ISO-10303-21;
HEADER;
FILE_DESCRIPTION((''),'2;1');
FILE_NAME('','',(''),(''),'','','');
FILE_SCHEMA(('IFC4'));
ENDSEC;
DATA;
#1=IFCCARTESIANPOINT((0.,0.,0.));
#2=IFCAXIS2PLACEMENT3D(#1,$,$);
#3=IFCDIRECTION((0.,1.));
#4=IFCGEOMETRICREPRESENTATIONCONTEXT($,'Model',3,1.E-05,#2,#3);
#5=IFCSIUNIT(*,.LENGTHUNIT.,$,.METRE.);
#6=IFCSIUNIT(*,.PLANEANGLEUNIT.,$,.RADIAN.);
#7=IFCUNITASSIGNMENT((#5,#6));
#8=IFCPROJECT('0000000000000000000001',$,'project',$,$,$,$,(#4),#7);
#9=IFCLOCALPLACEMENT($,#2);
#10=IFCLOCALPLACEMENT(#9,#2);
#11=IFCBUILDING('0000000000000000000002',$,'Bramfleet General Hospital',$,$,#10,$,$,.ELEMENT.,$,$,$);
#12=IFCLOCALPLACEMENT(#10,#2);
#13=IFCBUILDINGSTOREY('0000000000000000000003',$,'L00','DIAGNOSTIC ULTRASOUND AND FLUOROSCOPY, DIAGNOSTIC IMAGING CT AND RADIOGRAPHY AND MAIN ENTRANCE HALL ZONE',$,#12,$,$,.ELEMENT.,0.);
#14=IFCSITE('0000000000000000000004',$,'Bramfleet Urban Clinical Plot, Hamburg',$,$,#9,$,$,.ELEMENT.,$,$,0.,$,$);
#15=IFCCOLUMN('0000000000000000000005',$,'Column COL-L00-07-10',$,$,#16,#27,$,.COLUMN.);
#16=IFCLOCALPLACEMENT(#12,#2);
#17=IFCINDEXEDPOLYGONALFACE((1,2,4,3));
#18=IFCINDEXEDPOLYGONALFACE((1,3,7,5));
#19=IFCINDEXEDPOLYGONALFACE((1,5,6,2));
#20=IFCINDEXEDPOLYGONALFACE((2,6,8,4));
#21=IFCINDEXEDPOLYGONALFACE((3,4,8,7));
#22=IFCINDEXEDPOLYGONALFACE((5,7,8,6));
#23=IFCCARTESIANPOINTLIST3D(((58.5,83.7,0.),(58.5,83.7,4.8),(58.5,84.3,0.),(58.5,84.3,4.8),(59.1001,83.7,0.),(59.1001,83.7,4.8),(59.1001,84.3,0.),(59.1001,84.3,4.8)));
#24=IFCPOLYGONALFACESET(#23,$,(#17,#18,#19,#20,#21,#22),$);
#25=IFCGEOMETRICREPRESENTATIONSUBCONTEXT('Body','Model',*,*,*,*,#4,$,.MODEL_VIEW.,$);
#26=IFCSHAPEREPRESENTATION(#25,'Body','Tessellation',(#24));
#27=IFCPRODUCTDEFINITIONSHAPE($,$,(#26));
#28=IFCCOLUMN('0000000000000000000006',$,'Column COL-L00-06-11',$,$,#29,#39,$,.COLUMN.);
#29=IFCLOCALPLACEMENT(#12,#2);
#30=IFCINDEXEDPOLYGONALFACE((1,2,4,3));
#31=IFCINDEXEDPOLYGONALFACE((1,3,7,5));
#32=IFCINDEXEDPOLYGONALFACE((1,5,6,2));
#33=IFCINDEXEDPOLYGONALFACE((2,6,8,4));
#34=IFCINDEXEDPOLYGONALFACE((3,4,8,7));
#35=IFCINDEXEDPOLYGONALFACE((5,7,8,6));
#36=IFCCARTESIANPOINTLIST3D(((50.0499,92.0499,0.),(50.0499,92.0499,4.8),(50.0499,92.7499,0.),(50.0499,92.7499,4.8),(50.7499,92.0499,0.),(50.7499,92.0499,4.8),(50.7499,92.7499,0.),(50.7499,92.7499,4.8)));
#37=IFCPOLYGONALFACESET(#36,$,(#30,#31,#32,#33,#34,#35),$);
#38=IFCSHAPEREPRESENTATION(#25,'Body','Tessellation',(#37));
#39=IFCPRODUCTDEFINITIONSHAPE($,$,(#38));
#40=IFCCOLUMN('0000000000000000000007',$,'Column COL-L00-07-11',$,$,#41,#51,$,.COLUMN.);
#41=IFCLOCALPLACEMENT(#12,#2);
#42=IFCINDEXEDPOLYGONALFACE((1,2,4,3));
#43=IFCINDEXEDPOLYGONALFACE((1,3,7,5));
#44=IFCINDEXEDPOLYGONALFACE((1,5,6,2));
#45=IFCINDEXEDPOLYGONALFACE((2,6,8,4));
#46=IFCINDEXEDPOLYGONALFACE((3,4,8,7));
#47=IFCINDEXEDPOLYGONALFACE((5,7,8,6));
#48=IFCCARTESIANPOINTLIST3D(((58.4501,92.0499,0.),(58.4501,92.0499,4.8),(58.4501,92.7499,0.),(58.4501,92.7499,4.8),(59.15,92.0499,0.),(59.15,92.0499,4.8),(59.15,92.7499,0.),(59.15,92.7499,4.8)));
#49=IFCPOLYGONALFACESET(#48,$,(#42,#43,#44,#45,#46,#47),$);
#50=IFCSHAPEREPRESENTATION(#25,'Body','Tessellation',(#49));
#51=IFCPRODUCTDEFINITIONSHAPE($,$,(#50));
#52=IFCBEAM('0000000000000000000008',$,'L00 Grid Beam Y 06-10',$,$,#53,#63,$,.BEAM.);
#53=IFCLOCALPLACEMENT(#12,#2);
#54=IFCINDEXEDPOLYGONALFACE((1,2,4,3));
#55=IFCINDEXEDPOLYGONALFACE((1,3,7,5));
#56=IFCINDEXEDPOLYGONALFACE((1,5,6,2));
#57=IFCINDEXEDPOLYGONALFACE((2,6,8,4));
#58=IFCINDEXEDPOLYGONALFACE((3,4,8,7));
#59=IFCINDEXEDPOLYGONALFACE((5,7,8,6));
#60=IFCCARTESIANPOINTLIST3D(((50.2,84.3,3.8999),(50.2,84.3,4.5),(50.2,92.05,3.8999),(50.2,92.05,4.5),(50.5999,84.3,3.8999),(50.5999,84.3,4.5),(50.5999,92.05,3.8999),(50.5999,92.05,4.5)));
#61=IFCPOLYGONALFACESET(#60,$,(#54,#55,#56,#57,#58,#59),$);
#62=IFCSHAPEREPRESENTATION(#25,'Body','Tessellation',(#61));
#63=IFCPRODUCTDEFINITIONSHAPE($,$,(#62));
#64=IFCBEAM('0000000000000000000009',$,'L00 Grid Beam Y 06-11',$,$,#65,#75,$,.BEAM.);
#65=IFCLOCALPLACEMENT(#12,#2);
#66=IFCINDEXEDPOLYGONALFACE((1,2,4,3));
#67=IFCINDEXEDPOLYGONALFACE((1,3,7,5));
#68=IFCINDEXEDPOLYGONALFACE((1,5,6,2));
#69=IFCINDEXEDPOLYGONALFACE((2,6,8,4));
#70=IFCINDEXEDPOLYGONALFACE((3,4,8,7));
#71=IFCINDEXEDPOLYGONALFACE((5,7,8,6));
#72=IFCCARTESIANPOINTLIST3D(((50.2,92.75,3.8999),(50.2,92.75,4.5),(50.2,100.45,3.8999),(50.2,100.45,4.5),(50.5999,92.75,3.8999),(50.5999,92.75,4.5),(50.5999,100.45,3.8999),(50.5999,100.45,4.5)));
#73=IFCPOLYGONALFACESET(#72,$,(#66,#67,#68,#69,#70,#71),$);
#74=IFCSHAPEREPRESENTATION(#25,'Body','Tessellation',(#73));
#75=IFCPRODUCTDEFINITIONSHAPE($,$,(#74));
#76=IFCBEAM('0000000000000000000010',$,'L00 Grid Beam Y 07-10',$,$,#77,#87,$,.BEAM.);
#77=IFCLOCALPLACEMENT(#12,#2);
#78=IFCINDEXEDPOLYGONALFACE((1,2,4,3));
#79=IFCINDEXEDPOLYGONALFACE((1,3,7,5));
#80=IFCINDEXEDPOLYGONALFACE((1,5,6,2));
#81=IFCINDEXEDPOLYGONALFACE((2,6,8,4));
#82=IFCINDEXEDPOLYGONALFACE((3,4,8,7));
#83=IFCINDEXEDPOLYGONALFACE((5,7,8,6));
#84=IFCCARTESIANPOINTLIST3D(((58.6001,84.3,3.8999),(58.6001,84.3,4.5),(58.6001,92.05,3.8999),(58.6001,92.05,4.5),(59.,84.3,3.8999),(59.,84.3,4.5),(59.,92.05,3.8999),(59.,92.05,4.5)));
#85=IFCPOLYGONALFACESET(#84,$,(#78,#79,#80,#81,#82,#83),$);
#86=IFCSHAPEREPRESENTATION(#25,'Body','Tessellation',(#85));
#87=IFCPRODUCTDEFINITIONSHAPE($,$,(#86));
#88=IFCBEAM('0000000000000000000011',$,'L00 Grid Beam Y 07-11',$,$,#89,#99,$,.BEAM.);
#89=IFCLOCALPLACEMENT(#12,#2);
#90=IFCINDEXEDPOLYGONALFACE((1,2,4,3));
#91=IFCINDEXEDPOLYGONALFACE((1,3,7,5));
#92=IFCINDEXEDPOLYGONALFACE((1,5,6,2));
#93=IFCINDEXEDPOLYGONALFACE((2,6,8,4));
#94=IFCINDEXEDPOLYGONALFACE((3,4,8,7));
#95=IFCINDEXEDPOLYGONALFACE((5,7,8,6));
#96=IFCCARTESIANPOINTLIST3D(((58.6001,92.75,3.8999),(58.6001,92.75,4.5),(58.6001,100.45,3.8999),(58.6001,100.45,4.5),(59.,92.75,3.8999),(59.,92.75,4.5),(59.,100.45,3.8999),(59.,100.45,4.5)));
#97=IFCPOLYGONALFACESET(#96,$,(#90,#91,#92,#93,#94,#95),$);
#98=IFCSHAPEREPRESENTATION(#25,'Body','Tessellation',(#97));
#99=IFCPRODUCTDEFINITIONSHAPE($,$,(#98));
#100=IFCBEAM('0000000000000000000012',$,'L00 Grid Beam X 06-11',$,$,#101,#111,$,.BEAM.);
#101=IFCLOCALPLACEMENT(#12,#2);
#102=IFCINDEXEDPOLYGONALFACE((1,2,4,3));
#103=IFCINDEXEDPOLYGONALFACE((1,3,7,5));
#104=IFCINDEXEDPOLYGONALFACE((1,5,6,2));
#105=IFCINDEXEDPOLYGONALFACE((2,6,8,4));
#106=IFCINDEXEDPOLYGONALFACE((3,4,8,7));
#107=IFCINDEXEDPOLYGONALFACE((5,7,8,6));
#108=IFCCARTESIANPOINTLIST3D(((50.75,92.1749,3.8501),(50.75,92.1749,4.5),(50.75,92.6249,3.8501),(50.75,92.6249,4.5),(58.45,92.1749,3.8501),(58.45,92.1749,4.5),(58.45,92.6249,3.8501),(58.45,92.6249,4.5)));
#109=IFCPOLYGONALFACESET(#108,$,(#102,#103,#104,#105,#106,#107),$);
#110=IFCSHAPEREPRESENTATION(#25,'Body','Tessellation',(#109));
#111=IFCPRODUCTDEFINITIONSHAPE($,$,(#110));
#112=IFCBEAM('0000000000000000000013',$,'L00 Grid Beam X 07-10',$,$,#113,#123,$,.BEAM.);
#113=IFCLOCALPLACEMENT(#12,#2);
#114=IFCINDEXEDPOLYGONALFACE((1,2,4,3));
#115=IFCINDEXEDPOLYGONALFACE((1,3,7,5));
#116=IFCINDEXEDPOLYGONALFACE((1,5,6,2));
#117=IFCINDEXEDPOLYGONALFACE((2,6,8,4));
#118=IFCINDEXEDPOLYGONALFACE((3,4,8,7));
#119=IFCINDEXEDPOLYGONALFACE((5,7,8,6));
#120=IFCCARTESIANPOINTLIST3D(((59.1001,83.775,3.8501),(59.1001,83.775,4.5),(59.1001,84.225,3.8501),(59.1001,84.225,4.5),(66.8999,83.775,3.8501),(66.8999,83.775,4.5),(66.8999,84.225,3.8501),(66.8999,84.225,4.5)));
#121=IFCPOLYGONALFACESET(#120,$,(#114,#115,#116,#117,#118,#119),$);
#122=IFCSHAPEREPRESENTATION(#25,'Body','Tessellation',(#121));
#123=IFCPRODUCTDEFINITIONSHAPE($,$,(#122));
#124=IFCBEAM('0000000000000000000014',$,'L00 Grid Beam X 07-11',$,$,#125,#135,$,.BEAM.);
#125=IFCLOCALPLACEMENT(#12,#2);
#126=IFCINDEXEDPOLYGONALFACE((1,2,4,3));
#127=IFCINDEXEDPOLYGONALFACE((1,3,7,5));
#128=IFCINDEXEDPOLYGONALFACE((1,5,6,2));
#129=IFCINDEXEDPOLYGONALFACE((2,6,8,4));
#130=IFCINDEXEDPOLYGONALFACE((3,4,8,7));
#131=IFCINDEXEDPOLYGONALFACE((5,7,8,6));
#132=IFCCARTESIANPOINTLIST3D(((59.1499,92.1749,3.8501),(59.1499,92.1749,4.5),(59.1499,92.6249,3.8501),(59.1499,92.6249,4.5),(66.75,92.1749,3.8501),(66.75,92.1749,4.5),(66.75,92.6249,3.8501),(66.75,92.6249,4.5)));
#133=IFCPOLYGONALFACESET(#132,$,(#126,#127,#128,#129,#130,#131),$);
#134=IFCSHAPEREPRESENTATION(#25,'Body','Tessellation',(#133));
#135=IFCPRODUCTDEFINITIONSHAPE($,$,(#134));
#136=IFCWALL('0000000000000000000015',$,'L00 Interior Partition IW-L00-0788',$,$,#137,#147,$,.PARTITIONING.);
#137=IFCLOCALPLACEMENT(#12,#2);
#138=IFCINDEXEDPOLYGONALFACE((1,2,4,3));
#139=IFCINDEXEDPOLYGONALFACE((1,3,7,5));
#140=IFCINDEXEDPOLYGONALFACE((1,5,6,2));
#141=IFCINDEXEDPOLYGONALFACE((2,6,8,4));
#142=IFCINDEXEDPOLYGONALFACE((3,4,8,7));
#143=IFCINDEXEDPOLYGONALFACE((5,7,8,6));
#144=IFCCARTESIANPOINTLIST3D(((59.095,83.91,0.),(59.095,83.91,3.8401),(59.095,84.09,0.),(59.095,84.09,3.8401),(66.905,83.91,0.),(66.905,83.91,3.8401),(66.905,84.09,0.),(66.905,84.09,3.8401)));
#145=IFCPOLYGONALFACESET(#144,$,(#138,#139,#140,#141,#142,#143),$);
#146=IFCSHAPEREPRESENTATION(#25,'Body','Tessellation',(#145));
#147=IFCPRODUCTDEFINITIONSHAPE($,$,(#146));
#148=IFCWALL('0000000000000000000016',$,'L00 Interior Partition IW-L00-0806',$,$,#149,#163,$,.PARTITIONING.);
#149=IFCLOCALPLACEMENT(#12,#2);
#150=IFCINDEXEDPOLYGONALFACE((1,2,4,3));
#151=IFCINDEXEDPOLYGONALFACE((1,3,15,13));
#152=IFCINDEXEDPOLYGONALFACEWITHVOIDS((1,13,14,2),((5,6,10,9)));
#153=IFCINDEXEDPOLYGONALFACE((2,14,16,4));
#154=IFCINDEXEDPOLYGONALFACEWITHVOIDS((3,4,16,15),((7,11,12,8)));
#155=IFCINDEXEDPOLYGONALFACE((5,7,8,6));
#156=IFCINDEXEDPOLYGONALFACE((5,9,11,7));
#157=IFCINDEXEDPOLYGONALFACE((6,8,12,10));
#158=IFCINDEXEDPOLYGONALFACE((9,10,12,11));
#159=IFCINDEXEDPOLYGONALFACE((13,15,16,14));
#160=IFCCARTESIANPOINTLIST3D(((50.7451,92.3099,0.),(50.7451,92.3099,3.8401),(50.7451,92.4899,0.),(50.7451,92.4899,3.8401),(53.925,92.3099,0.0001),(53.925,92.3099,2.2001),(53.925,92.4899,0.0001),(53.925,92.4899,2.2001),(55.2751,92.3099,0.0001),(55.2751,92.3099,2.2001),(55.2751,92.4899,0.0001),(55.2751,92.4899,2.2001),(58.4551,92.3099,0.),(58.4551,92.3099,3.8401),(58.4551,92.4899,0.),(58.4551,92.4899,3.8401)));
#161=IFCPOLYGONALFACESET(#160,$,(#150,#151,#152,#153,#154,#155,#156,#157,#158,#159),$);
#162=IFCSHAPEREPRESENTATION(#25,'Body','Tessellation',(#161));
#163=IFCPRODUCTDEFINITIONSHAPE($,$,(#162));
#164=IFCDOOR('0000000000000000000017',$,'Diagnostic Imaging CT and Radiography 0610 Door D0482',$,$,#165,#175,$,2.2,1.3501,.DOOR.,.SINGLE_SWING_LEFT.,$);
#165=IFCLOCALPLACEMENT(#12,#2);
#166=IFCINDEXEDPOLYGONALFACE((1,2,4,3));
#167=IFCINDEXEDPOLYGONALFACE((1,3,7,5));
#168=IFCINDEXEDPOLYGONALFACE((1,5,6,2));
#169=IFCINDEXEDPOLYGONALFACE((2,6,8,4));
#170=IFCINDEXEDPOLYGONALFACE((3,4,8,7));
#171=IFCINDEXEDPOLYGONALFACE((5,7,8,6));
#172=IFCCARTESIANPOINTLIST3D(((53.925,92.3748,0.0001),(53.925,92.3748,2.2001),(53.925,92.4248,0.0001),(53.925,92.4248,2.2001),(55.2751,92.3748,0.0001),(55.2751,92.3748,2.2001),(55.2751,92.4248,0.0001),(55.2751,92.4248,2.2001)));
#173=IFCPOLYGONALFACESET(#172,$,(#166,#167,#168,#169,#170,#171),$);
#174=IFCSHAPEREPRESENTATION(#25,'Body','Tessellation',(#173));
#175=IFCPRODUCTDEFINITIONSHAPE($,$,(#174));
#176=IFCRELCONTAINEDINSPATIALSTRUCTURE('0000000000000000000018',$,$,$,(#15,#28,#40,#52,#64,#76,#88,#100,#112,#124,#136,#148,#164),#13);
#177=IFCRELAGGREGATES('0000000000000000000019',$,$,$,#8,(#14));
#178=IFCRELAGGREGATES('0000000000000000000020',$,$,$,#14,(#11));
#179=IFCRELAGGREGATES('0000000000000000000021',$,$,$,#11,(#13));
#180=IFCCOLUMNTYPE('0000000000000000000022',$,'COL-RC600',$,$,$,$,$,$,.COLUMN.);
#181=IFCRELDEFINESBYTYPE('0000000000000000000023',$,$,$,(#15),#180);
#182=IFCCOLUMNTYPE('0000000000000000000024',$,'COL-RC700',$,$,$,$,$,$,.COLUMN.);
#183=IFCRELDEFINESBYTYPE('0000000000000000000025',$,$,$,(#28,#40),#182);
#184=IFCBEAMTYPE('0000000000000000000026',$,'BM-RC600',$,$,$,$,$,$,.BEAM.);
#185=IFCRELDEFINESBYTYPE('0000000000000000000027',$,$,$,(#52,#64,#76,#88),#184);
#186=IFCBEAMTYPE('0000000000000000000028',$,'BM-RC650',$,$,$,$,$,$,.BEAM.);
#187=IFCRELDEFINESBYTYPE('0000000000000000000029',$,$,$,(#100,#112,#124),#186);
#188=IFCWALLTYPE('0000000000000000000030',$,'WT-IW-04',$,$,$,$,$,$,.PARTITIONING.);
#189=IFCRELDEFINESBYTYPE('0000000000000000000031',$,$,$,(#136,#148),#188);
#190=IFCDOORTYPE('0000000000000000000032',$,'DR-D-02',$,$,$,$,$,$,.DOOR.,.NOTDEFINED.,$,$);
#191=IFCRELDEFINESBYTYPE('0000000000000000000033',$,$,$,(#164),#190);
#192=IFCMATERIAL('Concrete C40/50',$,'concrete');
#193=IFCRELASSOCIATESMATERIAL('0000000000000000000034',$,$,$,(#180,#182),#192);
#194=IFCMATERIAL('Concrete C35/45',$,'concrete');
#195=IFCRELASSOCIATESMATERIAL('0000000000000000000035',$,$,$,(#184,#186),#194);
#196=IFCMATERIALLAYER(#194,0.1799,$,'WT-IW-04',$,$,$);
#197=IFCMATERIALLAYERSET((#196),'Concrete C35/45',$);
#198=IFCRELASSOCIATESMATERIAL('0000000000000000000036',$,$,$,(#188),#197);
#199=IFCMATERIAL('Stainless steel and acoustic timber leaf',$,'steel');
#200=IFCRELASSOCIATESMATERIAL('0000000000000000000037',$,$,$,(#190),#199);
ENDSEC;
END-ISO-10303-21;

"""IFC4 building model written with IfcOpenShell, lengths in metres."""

from ifc_helpers import new_model, si_unit, direction, frame, frame_2d, origin, origin_2d, place, context, subcontext, project, spatial, rectangle, extrude, material, layer, layer_set, material_profile, profile_set, type_object, element, fill, save


model = new_model("IFC4")

# Units and contexts
model_context = context("Model", 3, precision=1e-05, world=origin(), true_north=direction((0.0, 1.0)))
body_context = subcontext(model_context, "Body", "Model", "MODEL_VIEW")
ifc_project = project(units=[si_unit("LENGTHUNIT", "METRE"), si_unit("PLANEANGLEUNIT", "RADIAN")], contexts=[model_context])

# Site, building, storey
site_placement = place(None, origin())
site = spatial("IfcSite", under=ifc_project, at=site_placement, Name="Bramfleet Urban Clinical Plot, Hamburg", CompositionType="ELEMENT", RefElevation=0.0)
building_placement = place(site_placement, origin())
building = spatial("IfcBuilding", under=site, at=building_placement, Name="Bramfleet General Hospital", CompositionType="ELEMENT")
storey_placement = place(building_placement, origin())
storey = spatial("IfcBuildingStorey", under=building, at=storey_placement, Name="L00", Description="DIAGNOSTIC ULTRASOUND AND FLUOROSCOPY, DIAGNOSTIC IMAGING CT AND RADIOGRAPHY AND MAIN ENTRANCE HALL ZONE", CompositionType="ELEMENT", Elevation=0.0)

# Columns
ifc_material_1 = material(Name="Concrete C40/50", Category="concrete")
ifc_material_profile_1 = material_profile(ifc_material_1, rectangle(XDim=0.6001, YDim=0.6001, at=origin_2d()), Name="RC COL 600x600")
ifc_profile_set_1 = profile_set([ifc_material_profile_1], Name="Concrete C40/50")
column_type_1 = type_object("IfcColumnType", Name="COL-RC600", PredefinedType="COLUMN", material=ifc_profile_set_1)
column_placement = place(storey_placement, frame((58.8, 84.0, 0.0), z_axis=(0.0, 0.0, 1.0), x_axis=(1.0, 0.0, 0.0)))
element("IfcColumn", 1, at=column_placement, inside=storey, type_object=column_type_1, Name="Column COL-L00-07-10", PredefinedType="COLUMN", context=body_context, shape_type="SweptSolid", body=[
    extrude(rectangle(XDim=0.6001, YDim=0.6001, at=origin_2d()), origin(), (0.0, 0.0, 1.0), 4.8),
])
ifc_material_profile_2 = material_profile(ifc_material_1, rectangle(XDim=0.7, YDim=0.7, at=origin_2d()), Name="RC COL 700x700")
ifc_profile_set_2 = profile_set([ifc_material_profile_2], Name="Concrete C40/50")
column_type_2 = type_object("IfcColumnType", Name="COL-RC700", PredefinedType="COLUMN", material=ifc_profile_set_2)
for number, where, z_axis, x_axis, name in (
    (2, (50.3999, 92.3999, 0.0), (0.0, 0.0, 1.0), (1.0, 0.0, 0.0), "Column COL-L00-06-11"),
    (3, (58.8, 92.3999, 0.0), (0.0, 0.0, 1.0), (1.0, 0.0, 0.0), "Column COL-L00-07-11"),
):
    element("IfcColumn", number, at=place(storey_placement, frame(where, z_axis=z_axis, x_axis=x_axis)), inside=storey, type_object=column_type_2, Name=name, PredefinedType="COLUMN", context=body_context, shape_type="SweptSolid", body=[
        extrude(rectangle(XDim=0.7, YDim=0.7, at=origin_2d()), origin(), (0.0, 0.0, 1.0), 4.8),
    ])

# Beams
ifc_material_2 = material(Name="Concrete C35/45", Category="concrete")
ifc_material_profile_3 = material_profile(ifc_material_2, rectangle(XDim=0.3999, YDim=0.6001, at=origin_2d()), Name="RC BM 600x400")
ifc_profile_set_3 = profile_set([ifc_material_profile_3], Name="Concrete C35/45")
beam_type_1 = type_object("IfcBeamType", Name="BM-RC600", PredefinedType="BEAM", material=ifc_profile_set_3)
beam_1_placement = place(storey_placement, frame((50.3999, 84.3, 4.2), z_axis=(0.0, 1.0, 0.0), x_axis=(-1.0, 0.0, 0.0)))
element("IfcBeam", 4, at=beam_1_placement, inside=storey, type_object=beam_type_1, Name="L00 Grid Beam Y 06-10", PredefinedType="BEAM", context=body_context, shape_type="SweptSolid", body=[
    extrude(rectangle(XDim=0.3999, YDim=0.6001, at=origin_2d()), origin(), (0.0, 0.0, 1.0), 7.75),
])
beam_2_placement = place(storey_placement, frame((50.3999, 92.75, 4.2), z_axis=(0.0, 1.0, 0.0), x_axis=(-1.0, 0.0, 0.0)))
element("IfcBeam", 5, at=beam_2_placement, inside=storey, type_object=beam_type_1, Name="L00 Grid Beam Y 06-11", PredefinedType="BEAM", context=body_context, shape_type="SweptSolid", body=[
    extrude(rectangle(XDim=0.3999, YDim=0.6001, at=origin_2d()), origin(), (0.0, 0.0, 1.0), 7.7),
])
beam_3_placement = place(storey_placement, frame((58.8, 84.3, 4.2), z_axis=(0.0, 1.0, 0.0), x_axis=(-1.0, 0.0, 0.0)))
element("IfcBeam", 6, at=beam_3_placement, inside=storey, type_object=beam_type_1, Name="L00 Grid Beam Y 07-10", PredefinedType="BEAM", context=body_context, shape_type="SweptSolid", body=[
    extrude(rectangle(XDim=0.3999, YDim=0.6001, at=origin_2d()), origin(), (0.0, 0.0, 1.0), 7.75),
])
beam_4_placement = place(storey_placement, frame((58.8, 92.75, 4.2), z_axis=(0.0, 1.0, 0.0), x_axis=(-1.0, 0.0, 0.0)))
element("IfcBeam", 7, at=beam_4_placement, inside=storey, type_object=beam_type_1, Name="L00 Grid Beam Y 07-11", PredefinedType="BEAM", context=body_context, shape_type="SweptSolid", body=[
    extrude(rectangle(XDim=0.3999, YDim=0.6001, at=origin_2d()), origin(), (0.0, 0.0, 1.0), 7.7),
])
ifc_material_profile_4 = material_profile(ifc_material_2, rectangle(XDim=0.45, YDim=0.6499, at=origin_2d()), Name="RC BM 650x450")
ifc_profile_set_4 = profile_set([ifc_material_profile_4], Name="Concrete C35/45")
beam_type_2 = type_object("IfcBeamType", Name="BM-RC650", PredefinedType="BEAM", material=ifc_profile_set_4)
beam_5_placement = place(storey_placement, frame((50.75, 92.3999, 4.175), z_axis=(1.0, 0.0, 0.0), x_axis=(0.0, 1.0, 0.0)))
element("IfcBeam", 8, at=beam_5_placement, inside=storey, type_object=beam_type_2, Name="L00 Grid Beam X 06-11", PredefinedType="BEAM", context=body_context, shape_type="SweptSolid", body=[
    extrude(rectangle(XDim=0.45, YDim=0.6499, at=origin_2d()), origin(), (0.0, 0.0, 1.0), 7.7),
])
beam_6_placement = place(storey_placement, frame((59.1001, 84.0, 4.175), z_axis=(1.0, 0.0, 0.0), x_axis=(0.0, 1.0, 0.0)))
element("IfcBeam", 9, at=beam_6_placement, inside=storey, type_object=beam_type_2, Name="L00 Grid Beam X 07-10", PredefinedType="BEAM", context=body_context, shape_type="SweptSolid", body=[
    extrude(rectangle(XDim=0.45, YDim=0.6499, at=origin_2d()), origin(), (0.0, 0.0, 1.0), 7.7998),
])
beam_7_placement = place(storey_placement, frame((59.1499, 92.3999, 4.175), z_axis=(1.0, 0.0, 0.0), x_axis=(0.0, 1.0, 0.0)))
element("IfcBeam", 10, at=beam_7_placement, inside=storey, type_object=beam_type_2, Name="L00 Grid Beam X 07-11", PredefinedType="BEAM", context=body_context, shape_type="SweptSolid", body=[
    extrude(rectangle(XDim=0.45, YDim=0.6499, at=origin_2d()), origin(), (0.0, 0.0, 1.0), 7.6001),
])

# Wall
ifc_layer = layer(ifc_material_2, 0.1799, Name="WT-IW-04")
ifc_layer_set = layer_set([ifc_layer], Name="Concrete C35/45")
wall_type = type_object("IfcWallType", Name="WT-IW-04", PredefinedType="PARTITIONING", material=ifc_layer_set)
wall_1_placement = place(storey_placement, frame((59.095, 84.0, 0.0), z_axis=(0.0, 0.0, 1.0), x_axis=(1.0, 0.0, 0.0)))
element("IfcWall", 11, at=wall_1_placement, inside=storey, type_object=wall_type, Name="L00 Interior Partition IW-L00-0788", PredefinedType="PARTITIONING", context=body_context, shape_type="SweptSolid", body=[
    extrude(rectangle(XDim=7.8101, YDim=0.1799, at=frame_2d((3.905, 0.0))), origin(), (0.0, 0.0, 1.0), 3.8401),
])

# Wall, opening, door
wall_2_placement = place(storey_placement, frame((50.7451, 92.3999, 0.0), z_axis=(0.0, 0.0, 1.0), x_axis=(1.0, 0.0, 0.0)))
wall_2 = element("IfcWall", 12, at=wall_2_placement, inside=storey, type_object=wall_type, Name="L00 Interior Partition IW-L00-0806", PredefinedType="PARTITIONING", context=body_context, shape_type="SweptSolid", body=[
    extrude(rectangle(XDim=7.71, YDim=0.1799, at=frame_2d((3.855, 0.0))), origin(), (0.0, 0.0, 1.0), 3.8401),
])
opening_1_placement = place(wall_2_placement, frame((3.1799, 0.0, 0.0)))
opening_1 = element("IfcOpeningElement", 13, at=opening_1_placement, cuts=wall_2, PredefinedType="OPENING", context=body_context, shape_type="SweptSolid", body=[
    extrude(rectangle(XDim=1.3501, YDim=2.2, at=frame_2d((0.675, 1.1001))), frame((0.0, 0.0999, 0.0), z_axis=(0.0, -1.0, 0.0), x_axis=(1.0, 0.0, 0.0)), (0.0, 0.0, 1.0), 0.2),
])
ifc_material_3 = material(Name="Stainless steel and acoustic timber leaf", Category="steel")
door_type_1 = type_object("IfcDoorType", Name="DR-D-02", OperationType="NOTDEFINED", PredefinedType="DOOR", material=ifc_material_3)
door_1_placement = place(opening_1_placement, origin())
door_1 = element("IfcDoor", 14, at=door_1_placement, inside=storey, type_object=door_type_1, Name="Diagnostic Imaging CT and Radiography 0610 Door D0482", OperationType="SINGLE_SWING_LEFT", OverallHeight=2.2, OverallWidth=1.3501, PredefinedType="DOOR", context=body_context, shape_type="SweptSolid", body=[
    extrude(rectangle(XDim=1.3501, YDim=2.2, at=frame_2d((0.675, 1.1001))), frame((0.0, 0.0249, 0.0), z_axis=(0.0, -1.0, 0.0), x_axis=(1.0, 0.0, 0.0)), (0.0, 0.0, 1.0), 0.05),
])
fill(opening_1, door_1)

save(model, "model.ifc")
